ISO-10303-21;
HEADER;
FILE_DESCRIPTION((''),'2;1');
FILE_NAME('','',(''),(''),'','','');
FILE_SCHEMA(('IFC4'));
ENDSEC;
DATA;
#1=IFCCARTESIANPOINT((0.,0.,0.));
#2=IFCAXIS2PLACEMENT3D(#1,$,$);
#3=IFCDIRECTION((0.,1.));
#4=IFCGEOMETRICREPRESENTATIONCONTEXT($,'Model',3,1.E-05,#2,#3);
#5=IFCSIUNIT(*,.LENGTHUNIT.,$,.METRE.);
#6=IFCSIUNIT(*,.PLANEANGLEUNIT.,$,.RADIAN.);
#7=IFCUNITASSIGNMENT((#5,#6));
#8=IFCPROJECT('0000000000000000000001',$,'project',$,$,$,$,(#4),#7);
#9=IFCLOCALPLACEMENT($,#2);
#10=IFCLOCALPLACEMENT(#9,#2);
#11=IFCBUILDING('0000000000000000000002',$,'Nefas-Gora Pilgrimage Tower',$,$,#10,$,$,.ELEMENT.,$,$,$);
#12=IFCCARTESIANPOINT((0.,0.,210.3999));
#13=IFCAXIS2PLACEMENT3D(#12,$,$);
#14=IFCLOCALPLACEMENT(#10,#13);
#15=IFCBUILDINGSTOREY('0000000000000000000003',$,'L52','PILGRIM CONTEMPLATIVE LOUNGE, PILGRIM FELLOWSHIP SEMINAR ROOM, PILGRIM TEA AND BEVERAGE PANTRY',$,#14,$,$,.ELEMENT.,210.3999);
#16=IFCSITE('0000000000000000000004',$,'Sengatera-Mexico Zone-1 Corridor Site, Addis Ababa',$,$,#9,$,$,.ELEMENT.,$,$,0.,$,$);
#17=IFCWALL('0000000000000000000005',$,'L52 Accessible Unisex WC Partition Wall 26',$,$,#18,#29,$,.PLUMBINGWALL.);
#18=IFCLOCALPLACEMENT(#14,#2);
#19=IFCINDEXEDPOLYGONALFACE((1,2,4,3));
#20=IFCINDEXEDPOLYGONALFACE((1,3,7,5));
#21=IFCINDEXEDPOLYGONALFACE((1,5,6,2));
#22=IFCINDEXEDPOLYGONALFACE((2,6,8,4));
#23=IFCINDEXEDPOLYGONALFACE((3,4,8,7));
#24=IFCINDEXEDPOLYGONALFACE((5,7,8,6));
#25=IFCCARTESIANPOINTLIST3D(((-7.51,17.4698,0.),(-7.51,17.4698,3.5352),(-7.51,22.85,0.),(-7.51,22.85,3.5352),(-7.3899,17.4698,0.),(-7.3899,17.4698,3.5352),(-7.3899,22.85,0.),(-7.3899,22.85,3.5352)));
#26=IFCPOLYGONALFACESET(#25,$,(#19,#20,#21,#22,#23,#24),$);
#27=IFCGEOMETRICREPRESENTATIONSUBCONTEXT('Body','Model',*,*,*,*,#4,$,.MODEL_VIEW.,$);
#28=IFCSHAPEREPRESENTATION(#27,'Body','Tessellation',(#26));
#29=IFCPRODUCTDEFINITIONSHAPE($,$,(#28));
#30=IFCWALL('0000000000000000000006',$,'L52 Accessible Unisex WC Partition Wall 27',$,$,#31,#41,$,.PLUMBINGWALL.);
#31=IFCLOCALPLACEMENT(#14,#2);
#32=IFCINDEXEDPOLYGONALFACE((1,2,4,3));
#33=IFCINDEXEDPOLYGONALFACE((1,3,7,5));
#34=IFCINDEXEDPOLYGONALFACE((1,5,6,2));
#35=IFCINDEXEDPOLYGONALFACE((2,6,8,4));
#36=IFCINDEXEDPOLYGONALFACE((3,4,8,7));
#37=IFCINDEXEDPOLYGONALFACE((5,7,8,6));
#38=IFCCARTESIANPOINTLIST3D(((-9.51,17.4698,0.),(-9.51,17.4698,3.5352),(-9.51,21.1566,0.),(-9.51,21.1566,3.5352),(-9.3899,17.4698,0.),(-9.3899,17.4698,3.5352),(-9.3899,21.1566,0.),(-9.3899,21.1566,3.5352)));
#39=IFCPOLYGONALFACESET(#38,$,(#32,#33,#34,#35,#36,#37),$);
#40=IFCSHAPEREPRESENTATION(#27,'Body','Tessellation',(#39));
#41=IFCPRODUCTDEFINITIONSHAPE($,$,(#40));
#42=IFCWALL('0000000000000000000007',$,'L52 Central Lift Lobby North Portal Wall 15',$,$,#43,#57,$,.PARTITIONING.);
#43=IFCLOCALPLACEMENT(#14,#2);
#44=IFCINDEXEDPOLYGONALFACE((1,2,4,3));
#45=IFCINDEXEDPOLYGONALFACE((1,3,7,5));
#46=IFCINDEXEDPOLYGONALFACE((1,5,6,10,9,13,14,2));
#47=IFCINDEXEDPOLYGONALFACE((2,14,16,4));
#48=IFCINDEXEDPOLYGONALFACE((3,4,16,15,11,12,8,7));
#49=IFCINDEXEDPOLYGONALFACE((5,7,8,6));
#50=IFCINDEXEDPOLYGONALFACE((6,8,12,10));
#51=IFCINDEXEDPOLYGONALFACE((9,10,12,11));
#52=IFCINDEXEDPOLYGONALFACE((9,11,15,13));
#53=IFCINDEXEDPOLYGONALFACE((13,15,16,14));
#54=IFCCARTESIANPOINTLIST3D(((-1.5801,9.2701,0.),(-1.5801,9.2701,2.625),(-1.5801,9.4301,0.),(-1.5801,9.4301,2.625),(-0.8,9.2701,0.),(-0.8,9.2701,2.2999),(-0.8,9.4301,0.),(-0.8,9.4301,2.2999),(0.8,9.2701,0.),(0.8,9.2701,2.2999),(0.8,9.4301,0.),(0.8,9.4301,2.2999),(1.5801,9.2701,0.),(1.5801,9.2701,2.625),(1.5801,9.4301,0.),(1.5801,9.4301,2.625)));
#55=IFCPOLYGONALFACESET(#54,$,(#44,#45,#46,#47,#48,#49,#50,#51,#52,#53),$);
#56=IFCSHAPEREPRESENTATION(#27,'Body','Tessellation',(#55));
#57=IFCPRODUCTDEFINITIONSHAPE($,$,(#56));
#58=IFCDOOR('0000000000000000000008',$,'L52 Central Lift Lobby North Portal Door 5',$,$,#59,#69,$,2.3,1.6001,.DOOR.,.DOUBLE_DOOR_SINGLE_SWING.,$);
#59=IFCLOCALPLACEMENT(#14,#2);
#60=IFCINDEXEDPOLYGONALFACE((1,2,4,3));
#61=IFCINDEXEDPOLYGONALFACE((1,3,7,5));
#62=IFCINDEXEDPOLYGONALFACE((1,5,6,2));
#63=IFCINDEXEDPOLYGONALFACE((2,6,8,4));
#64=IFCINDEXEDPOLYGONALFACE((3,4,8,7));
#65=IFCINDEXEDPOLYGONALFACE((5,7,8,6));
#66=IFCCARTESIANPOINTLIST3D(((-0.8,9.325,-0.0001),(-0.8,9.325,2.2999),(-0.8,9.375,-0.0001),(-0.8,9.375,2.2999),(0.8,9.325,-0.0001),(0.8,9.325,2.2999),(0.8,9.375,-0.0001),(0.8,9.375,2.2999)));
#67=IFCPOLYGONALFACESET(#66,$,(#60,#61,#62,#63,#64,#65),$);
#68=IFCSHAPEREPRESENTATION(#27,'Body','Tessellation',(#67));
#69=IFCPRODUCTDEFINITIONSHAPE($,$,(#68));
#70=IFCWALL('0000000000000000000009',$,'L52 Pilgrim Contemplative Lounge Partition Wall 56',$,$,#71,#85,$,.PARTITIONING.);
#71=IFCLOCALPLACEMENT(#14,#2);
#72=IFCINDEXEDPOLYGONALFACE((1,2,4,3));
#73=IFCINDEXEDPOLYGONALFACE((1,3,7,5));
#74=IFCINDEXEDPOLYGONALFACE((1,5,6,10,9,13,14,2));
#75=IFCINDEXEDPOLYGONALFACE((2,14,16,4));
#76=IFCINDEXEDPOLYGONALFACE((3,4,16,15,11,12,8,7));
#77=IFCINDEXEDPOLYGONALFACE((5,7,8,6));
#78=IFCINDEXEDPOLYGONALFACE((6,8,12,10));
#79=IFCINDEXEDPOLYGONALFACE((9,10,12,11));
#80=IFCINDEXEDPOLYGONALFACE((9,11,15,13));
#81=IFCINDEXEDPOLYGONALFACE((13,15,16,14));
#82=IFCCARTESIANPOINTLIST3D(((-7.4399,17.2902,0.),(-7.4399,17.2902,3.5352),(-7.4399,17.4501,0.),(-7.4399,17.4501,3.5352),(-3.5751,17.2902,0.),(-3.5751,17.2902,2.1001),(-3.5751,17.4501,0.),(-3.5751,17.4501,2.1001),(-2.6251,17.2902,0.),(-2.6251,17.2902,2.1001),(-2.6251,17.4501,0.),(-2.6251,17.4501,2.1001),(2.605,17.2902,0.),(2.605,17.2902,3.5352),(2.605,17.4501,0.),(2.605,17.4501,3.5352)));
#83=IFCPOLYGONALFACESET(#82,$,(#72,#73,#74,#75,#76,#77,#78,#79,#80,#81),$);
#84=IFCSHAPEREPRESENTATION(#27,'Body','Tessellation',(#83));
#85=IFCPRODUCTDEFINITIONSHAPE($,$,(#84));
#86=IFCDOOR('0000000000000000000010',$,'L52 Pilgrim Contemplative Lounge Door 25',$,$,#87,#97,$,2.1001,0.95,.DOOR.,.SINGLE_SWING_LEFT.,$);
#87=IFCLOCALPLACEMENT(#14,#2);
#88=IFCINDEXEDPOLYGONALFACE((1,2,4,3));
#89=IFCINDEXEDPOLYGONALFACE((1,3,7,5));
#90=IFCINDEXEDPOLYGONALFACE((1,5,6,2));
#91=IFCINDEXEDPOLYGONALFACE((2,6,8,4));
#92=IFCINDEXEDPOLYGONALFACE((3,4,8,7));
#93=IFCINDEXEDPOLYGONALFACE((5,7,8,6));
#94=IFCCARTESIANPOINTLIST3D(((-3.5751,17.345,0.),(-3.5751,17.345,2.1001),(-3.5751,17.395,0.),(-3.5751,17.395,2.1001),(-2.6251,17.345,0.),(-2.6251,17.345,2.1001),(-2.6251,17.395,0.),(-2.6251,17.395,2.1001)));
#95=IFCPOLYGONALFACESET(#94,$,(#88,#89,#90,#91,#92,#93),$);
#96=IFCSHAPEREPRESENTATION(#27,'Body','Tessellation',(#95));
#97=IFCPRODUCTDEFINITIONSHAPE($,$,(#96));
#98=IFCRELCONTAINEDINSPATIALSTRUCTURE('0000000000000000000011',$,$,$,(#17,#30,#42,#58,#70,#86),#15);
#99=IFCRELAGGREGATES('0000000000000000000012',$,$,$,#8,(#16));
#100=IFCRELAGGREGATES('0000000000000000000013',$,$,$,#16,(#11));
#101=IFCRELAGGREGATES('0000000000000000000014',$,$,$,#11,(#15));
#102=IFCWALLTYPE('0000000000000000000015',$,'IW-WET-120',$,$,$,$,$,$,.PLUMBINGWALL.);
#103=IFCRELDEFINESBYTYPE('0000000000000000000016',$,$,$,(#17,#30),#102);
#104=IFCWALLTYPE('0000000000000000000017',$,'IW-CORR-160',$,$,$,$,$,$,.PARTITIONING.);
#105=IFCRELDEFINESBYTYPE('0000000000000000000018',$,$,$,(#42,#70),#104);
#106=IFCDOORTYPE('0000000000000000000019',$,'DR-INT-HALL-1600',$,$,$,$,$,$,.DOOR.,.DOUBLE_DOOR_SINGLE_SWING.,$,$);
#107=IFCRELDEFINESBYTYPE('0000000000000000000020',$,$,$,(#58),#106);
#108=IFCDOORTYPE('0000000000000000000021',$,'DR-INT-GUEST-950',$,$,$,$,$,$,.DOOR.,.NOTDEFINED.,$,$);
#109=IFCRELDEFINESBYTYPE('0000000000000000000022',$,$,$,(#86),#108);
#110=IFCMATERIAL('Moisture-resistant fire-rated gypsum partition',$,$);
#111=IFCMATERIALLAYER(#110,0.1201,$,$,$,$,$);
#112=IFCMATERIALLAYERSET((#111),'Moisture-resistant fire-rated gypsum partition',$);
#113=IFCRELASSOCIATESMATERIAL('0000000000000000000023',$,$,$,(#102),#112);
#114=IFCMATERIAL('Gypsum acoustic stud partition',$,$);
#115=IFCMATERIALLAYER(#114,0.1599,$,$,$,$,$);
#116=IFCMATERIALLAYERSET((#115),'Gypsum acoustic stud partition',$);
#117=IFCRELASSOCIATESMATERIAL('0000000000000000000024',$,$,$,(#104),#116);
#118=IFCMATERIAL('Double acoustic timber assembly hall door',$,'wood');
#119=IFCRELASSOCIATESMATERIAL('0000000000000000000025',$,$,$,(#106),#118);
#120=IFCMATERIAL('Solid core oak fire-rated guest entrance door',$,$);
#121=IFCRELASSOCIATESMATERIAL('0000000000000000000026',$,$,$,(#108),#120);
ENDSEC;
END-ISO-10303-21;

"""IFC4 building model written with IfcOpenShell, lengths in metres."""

from ifc_helpers import new_model, si_unit, direction, frame, frame_2d, origin, place, context, subcontext, project, spatial, rectangle, extrude, source, transform, mapped, material, layer, layer_set, type_object, element, fill, save


model = new_model("IFC4")

# Units and contexts
model_context = context("Model", 3, precision=1e-05, world=origin(), true_north=direction((0.0, 1.0)))
body_context = subcontext(model_context, "Body", "Model", "MODEL_VIEW")
ifc_project = project(units=[si_unit("LENGTHUNIT", "METRE"), si_unit("PLANEANGLEUNIT", "RADIAN")], contexts=[model_context])

# Site, building, storey
site_placement = place(None, origin())
site = spatial("IfcSite", under=ifc_project, at=site_placement, Name="Sengatera-Mexico Zone-1 Corridor Site, Addis Ababa", CompositionType="ELEMENT", RefElevation=0.0)
building_placement = place(site_placement, origin())
building = spatial("IfcBuilding", under=site, at=building_placement, Name="Nefas-Gora Pilgrimage Tower", CompositionType="ELEMENT")
storey_placement = place(building_placement, frame((0.0, 0.0, 210.3999)))
storey = spatial("IfcBuildingStorey", under=building, at=storey_placement, Name="L52", Description="PILGRIM CONTEMPLATIVE LOUNGE, PILGRIM FELLOWSHIP SEMINAR ROOM, PILGRIM TEA AND BEVERAGE PANTRY", CompositionType="ELEMENT", Elevation=210.3999)

# Shared definitions
ifc_material_1 = material(Name="Moisture-resistant fire-rated gypsum partition")
ifc_layer_1 = layer(ifc_material_1, 0.1201)
ifc_layer_set_1 = layer_set([ifc_layer_1], Name="Moisture-resistant fire-rated gypsum partition")
wall_type_1 = type_object("IfcWallType", Name="IW-WET-120", PredefinedType="PLUMBINGWALL", material=ifc_layer_set_1)

# Walls
shared_shape_1 = source(origin(), body_context, "Body", "SweptSolid", [
    extrude(rectangle(XDim=5.3801, YDim=0.1201, at=frame_2d((2.6899, 0.0))), origin(), (0.0, 0.0, 1.0), 3.5352),
])
wall_1_placement = place(storey_placement, frame((-7.45, 17.47, 0.0), z_axis=(0.0, 0.0, 1.0), x_axis=(0.0, 1.0, 0.0)))
element("IfcWall", 1, at=wall_1_placement, inside=storey, type_object=wall_type_1, Name="L52 Accessible Unisex WC Partition Wall 26", PredefinedType="PLUMBINGWALL", context=body_context, shape_type="MappedRepresentation", body=[
    mapped(shared_shape_1, transform((0.0, 0.0, 0.0), x_axis=(1.0, 0.0, 0.0), y_axis=(0.0, 1.0, 0.0), z_axis=(0.0, 0.0, 1.0), scale=1.0)),
])
shared_shape_2 = source(origin(), body_context, "Body", "SweptSolid", [
    extrude(rectangle(XDim=3.6868, YDim=0.1201, at=frame_2d((1.8433, 0.0))), origin(), (0.0, 0.0, 1.0), 3.5352),
])
wall_2_placement = place(storey_placement, frame((-9.45, 17.47, 0.0), z_axis=(0.0, 0.0, 1.0), x_axis=(0.0, 1.0, 0.0)))
element("IfcWall", 2, at=wall_2_placement, inside=storey, type_object=wall_type_1, Name="L52 Accessible Unisex WC Partition Wall 27", PredefinedType="PLUMBINGWALL", context=body_context, shape_type="MappedRepresentation", body=[
    mapped(shared_shape_2, transform((0.0, 0.0, 0.0), x_axis=(1.0, 0.0, 0.0), y_axis=(0.0, 1.0, 0.0), z_axis=(0.0, 0.0, 1.0), scale=1.0)),
])

# Walls, openings, doors
ifc_material_2 = material(Name="Gypsum acoustic stud partition")
ifc_layer_2 = layer(ifc_material_2, 0.1599)
ifc_layer_set_2 = layer_set([ifc_layer_2], Name="Gypsum acoustic stud partition")
wall_type_2 = type_object("IfcWallType", Name="IW-CORR-160", PredefinedType="PARTITIONING", material=ifc_layer_set_2)
shared_shape_3 = source(origin(), body_context, "Body", "SweptSolid", [
    extrude(rectangle(XDim=3.1602, YDim=0.1599, at=frame_2d((1.5801, 0.0))), origin(), (0.0, 0.0, 1.0), 2.625),
])
wall_3_placement = place(storey_placement, frame((-1.5801, 9.3501, 0.0), z_axis=(0.0, 0.0, 1.0), x_axis=(1.0, 0.0, 0.0)))
wall_3 = element("IfcWall", 3, at=wall_3_placement, inside=storey, type_object=wall_type_2, Name="L52 Central Lift Lobby North Portal Wall 15", PredefinedType="PARTITIONING", context=body_context, shape_type="MappedRepresentation", body=[
    mapped(shared_shape_3, transform((0.0, 0.0, 0.0), x_axis=(1.0, 0.0, 0.0), y_axis=(0.0, 1.0, 0.0), z_axis=(0.0, 0.0, 1.0), scale=1.0)),
])
opening_1_placement = place(wall_3_placement, frame((0.78, 0.0, 0.0)))
opening_1 = element("IfcOpeningElement", 4, at=opening_1_placement, cuts=wall_3, PredefinedType="OPENING", context=body_context, shape_type="SweptSolid", body=[
    extrude(rectangle(XDim=1.6001, YDim=2.3, at=frame_2d((0.8, 1.1499))), frame((0.0, 0.0898, 0.0), z_axis=(0.0, -1.0, 0.0), x_axis=(1.0, 0.0, 0.0)), (0.0, 0.0, 1.0), 0.1799),
])
ifc_material_3 = material(Name="Double acoustic timber assembly hall door", Category="wood")
door_type_1 = type_object("IfcDoorType", Name="DR-INT-HALL-1600", OperationType="DOUBLE_DOOR_SINGLE_SWING", PredefinedType="DOOR", material=ifc_material_3)
shared_shape_4 = source(origin(), body_context, "Body", "SweptSolid", [
    extrude(rectangle(XDim=1.6001, YDim=2.3, at=frame_2d((0.8, 1.1499))), frame((0.0, 0.0249, 0.0), z_axis=(0.0, -1.0, 0.0), x_axis=(1.0, 0.0, 0.0)), (0.0, 0.0, 1.0), 0.05),
])
door_1_placement = place(opening_1_placement, origin())
door_1 = element("IfcDoor", 5, at=door_1_placement, inside=storey, type_object=door_type_1, Name="L52 Central Lift Lobby North Portal Door 5", OperationType="DOUBLE_DOOR_SINGLE_SWING", OverallHeight=2.3, OverallWidth=1.6001, PredefinedType="DOOR", context=body_context, shape_type="MappedRepresentation", body=[
    mapped(shared_shape_4, transform((0.0, 0.0, 0.0), x_axis=(1.0, 0.0, 0.0), y_axis=(0.0, 1.0, 0.0), z_axis=(0.0, 0.0, 1.0), scale=1.0)),
])
fill(opening_1, door_1)
shared_shape_5 = source(origin(), body_context, "Body", "SweptSolid", [
    extrude(rectangle(XDim=10.0449, YDim=0.1599, at=frame_2d((5.0225, 0.0))), origin(), (0.0, 0.0, 1.0), 3.5352),
])
wall_4_placement = place(storey_placement, frame((-7.4399, 17.3701, 0.0), z_axis=(0.0, 0.0, 1.0), x_axis=(1.0, 0.0, 0.0)))
wall_4 = element("IfcWall", 6, at=wall_4_placement, inside=storey, type_object=wall_type_2, Name="L52 Pilgrim Contemplative Lounge Partition Wall 56", PredefinedType="PARTITIONING", context=body_context, shape_type="MappedRepresentation", body=[
    mapped(shared_shape_5, transform((0.0, 0.0, 0.0), x_axis=(1.0, 0.0, 0.0), y_axis=(0.0, 1.0, 0.0), z_axis=(0.0, 0.0, 1.0), scale=1.0)),
])
opening_2_placement = place(wall_4_placement, frame((3.8647, 0.0, 0.0)))
opening_2 = element("IfcOpeningElement", 7, at=opening_2_placement, cuts=wall_4, PredefinedType="OPENING", context=body_context, shape_type="SweptSolid", body=[
    extrude(rectangle(XDim=0.95, YDim=2.1001, at=frame_2d((0.4751, 1.05))), frame((0.0, 0.0898, 0.0), z_axis=(0.0, -1.0, 0.0), x_axis=(1.0, 0.0, 0.0)), (0.0, 0.0, 1.0), 0.1799),
])
ifc_material_4 = material(Name="Solid core oak fire-rated guest entrance door")
door_type_2 = type_object("IfcDoorType", Name="DR-INT-GUEST-950", OperationType="NOTDEFINED", PredefinedType="DOOR", material=ifc_material_4)
shared_shape_6 = source(origin(), body_context, "Body", "SweptSolid", [
    extrude(rectangle(XDim=0.95, YDim=2.1001, at=frame_2d((0.4751, 1.05))), frame((0.0, 0.0249, 0.0), z_axis=(0.0, -1.0, 0.0), x_axis=(1.0, 0.0, 0.0)), (0.0, 0.0, 1.0), 0.05),
])
door_2_placement = place(opening_2_placement, origin())
door_2 = element("IfcDoor", 8, at=door_2_placement, inside=storey, type_object=door_type_2, Name="L52 Pilgrim Contemplative Lounge Door 25", OperationType="SINGLE_SWING_LEFT", OverallHeight=2.1001, OverallWidth=0.95, PredefinedType="DOOR", context=body_context, shape_type="MappedRepresentation", body=[
    mapped(shared_shape_6, transform((0.0, 0.0, 0.0), x_axis=(1.0, 0.0, 0.0), y_axis=(0.0, 1.0, 0.0), z_axis=(0.0, 0.0, 1.0), scale=1.0)),
])
fill(opening_2, door_2)

save(model, "model.ifc")
